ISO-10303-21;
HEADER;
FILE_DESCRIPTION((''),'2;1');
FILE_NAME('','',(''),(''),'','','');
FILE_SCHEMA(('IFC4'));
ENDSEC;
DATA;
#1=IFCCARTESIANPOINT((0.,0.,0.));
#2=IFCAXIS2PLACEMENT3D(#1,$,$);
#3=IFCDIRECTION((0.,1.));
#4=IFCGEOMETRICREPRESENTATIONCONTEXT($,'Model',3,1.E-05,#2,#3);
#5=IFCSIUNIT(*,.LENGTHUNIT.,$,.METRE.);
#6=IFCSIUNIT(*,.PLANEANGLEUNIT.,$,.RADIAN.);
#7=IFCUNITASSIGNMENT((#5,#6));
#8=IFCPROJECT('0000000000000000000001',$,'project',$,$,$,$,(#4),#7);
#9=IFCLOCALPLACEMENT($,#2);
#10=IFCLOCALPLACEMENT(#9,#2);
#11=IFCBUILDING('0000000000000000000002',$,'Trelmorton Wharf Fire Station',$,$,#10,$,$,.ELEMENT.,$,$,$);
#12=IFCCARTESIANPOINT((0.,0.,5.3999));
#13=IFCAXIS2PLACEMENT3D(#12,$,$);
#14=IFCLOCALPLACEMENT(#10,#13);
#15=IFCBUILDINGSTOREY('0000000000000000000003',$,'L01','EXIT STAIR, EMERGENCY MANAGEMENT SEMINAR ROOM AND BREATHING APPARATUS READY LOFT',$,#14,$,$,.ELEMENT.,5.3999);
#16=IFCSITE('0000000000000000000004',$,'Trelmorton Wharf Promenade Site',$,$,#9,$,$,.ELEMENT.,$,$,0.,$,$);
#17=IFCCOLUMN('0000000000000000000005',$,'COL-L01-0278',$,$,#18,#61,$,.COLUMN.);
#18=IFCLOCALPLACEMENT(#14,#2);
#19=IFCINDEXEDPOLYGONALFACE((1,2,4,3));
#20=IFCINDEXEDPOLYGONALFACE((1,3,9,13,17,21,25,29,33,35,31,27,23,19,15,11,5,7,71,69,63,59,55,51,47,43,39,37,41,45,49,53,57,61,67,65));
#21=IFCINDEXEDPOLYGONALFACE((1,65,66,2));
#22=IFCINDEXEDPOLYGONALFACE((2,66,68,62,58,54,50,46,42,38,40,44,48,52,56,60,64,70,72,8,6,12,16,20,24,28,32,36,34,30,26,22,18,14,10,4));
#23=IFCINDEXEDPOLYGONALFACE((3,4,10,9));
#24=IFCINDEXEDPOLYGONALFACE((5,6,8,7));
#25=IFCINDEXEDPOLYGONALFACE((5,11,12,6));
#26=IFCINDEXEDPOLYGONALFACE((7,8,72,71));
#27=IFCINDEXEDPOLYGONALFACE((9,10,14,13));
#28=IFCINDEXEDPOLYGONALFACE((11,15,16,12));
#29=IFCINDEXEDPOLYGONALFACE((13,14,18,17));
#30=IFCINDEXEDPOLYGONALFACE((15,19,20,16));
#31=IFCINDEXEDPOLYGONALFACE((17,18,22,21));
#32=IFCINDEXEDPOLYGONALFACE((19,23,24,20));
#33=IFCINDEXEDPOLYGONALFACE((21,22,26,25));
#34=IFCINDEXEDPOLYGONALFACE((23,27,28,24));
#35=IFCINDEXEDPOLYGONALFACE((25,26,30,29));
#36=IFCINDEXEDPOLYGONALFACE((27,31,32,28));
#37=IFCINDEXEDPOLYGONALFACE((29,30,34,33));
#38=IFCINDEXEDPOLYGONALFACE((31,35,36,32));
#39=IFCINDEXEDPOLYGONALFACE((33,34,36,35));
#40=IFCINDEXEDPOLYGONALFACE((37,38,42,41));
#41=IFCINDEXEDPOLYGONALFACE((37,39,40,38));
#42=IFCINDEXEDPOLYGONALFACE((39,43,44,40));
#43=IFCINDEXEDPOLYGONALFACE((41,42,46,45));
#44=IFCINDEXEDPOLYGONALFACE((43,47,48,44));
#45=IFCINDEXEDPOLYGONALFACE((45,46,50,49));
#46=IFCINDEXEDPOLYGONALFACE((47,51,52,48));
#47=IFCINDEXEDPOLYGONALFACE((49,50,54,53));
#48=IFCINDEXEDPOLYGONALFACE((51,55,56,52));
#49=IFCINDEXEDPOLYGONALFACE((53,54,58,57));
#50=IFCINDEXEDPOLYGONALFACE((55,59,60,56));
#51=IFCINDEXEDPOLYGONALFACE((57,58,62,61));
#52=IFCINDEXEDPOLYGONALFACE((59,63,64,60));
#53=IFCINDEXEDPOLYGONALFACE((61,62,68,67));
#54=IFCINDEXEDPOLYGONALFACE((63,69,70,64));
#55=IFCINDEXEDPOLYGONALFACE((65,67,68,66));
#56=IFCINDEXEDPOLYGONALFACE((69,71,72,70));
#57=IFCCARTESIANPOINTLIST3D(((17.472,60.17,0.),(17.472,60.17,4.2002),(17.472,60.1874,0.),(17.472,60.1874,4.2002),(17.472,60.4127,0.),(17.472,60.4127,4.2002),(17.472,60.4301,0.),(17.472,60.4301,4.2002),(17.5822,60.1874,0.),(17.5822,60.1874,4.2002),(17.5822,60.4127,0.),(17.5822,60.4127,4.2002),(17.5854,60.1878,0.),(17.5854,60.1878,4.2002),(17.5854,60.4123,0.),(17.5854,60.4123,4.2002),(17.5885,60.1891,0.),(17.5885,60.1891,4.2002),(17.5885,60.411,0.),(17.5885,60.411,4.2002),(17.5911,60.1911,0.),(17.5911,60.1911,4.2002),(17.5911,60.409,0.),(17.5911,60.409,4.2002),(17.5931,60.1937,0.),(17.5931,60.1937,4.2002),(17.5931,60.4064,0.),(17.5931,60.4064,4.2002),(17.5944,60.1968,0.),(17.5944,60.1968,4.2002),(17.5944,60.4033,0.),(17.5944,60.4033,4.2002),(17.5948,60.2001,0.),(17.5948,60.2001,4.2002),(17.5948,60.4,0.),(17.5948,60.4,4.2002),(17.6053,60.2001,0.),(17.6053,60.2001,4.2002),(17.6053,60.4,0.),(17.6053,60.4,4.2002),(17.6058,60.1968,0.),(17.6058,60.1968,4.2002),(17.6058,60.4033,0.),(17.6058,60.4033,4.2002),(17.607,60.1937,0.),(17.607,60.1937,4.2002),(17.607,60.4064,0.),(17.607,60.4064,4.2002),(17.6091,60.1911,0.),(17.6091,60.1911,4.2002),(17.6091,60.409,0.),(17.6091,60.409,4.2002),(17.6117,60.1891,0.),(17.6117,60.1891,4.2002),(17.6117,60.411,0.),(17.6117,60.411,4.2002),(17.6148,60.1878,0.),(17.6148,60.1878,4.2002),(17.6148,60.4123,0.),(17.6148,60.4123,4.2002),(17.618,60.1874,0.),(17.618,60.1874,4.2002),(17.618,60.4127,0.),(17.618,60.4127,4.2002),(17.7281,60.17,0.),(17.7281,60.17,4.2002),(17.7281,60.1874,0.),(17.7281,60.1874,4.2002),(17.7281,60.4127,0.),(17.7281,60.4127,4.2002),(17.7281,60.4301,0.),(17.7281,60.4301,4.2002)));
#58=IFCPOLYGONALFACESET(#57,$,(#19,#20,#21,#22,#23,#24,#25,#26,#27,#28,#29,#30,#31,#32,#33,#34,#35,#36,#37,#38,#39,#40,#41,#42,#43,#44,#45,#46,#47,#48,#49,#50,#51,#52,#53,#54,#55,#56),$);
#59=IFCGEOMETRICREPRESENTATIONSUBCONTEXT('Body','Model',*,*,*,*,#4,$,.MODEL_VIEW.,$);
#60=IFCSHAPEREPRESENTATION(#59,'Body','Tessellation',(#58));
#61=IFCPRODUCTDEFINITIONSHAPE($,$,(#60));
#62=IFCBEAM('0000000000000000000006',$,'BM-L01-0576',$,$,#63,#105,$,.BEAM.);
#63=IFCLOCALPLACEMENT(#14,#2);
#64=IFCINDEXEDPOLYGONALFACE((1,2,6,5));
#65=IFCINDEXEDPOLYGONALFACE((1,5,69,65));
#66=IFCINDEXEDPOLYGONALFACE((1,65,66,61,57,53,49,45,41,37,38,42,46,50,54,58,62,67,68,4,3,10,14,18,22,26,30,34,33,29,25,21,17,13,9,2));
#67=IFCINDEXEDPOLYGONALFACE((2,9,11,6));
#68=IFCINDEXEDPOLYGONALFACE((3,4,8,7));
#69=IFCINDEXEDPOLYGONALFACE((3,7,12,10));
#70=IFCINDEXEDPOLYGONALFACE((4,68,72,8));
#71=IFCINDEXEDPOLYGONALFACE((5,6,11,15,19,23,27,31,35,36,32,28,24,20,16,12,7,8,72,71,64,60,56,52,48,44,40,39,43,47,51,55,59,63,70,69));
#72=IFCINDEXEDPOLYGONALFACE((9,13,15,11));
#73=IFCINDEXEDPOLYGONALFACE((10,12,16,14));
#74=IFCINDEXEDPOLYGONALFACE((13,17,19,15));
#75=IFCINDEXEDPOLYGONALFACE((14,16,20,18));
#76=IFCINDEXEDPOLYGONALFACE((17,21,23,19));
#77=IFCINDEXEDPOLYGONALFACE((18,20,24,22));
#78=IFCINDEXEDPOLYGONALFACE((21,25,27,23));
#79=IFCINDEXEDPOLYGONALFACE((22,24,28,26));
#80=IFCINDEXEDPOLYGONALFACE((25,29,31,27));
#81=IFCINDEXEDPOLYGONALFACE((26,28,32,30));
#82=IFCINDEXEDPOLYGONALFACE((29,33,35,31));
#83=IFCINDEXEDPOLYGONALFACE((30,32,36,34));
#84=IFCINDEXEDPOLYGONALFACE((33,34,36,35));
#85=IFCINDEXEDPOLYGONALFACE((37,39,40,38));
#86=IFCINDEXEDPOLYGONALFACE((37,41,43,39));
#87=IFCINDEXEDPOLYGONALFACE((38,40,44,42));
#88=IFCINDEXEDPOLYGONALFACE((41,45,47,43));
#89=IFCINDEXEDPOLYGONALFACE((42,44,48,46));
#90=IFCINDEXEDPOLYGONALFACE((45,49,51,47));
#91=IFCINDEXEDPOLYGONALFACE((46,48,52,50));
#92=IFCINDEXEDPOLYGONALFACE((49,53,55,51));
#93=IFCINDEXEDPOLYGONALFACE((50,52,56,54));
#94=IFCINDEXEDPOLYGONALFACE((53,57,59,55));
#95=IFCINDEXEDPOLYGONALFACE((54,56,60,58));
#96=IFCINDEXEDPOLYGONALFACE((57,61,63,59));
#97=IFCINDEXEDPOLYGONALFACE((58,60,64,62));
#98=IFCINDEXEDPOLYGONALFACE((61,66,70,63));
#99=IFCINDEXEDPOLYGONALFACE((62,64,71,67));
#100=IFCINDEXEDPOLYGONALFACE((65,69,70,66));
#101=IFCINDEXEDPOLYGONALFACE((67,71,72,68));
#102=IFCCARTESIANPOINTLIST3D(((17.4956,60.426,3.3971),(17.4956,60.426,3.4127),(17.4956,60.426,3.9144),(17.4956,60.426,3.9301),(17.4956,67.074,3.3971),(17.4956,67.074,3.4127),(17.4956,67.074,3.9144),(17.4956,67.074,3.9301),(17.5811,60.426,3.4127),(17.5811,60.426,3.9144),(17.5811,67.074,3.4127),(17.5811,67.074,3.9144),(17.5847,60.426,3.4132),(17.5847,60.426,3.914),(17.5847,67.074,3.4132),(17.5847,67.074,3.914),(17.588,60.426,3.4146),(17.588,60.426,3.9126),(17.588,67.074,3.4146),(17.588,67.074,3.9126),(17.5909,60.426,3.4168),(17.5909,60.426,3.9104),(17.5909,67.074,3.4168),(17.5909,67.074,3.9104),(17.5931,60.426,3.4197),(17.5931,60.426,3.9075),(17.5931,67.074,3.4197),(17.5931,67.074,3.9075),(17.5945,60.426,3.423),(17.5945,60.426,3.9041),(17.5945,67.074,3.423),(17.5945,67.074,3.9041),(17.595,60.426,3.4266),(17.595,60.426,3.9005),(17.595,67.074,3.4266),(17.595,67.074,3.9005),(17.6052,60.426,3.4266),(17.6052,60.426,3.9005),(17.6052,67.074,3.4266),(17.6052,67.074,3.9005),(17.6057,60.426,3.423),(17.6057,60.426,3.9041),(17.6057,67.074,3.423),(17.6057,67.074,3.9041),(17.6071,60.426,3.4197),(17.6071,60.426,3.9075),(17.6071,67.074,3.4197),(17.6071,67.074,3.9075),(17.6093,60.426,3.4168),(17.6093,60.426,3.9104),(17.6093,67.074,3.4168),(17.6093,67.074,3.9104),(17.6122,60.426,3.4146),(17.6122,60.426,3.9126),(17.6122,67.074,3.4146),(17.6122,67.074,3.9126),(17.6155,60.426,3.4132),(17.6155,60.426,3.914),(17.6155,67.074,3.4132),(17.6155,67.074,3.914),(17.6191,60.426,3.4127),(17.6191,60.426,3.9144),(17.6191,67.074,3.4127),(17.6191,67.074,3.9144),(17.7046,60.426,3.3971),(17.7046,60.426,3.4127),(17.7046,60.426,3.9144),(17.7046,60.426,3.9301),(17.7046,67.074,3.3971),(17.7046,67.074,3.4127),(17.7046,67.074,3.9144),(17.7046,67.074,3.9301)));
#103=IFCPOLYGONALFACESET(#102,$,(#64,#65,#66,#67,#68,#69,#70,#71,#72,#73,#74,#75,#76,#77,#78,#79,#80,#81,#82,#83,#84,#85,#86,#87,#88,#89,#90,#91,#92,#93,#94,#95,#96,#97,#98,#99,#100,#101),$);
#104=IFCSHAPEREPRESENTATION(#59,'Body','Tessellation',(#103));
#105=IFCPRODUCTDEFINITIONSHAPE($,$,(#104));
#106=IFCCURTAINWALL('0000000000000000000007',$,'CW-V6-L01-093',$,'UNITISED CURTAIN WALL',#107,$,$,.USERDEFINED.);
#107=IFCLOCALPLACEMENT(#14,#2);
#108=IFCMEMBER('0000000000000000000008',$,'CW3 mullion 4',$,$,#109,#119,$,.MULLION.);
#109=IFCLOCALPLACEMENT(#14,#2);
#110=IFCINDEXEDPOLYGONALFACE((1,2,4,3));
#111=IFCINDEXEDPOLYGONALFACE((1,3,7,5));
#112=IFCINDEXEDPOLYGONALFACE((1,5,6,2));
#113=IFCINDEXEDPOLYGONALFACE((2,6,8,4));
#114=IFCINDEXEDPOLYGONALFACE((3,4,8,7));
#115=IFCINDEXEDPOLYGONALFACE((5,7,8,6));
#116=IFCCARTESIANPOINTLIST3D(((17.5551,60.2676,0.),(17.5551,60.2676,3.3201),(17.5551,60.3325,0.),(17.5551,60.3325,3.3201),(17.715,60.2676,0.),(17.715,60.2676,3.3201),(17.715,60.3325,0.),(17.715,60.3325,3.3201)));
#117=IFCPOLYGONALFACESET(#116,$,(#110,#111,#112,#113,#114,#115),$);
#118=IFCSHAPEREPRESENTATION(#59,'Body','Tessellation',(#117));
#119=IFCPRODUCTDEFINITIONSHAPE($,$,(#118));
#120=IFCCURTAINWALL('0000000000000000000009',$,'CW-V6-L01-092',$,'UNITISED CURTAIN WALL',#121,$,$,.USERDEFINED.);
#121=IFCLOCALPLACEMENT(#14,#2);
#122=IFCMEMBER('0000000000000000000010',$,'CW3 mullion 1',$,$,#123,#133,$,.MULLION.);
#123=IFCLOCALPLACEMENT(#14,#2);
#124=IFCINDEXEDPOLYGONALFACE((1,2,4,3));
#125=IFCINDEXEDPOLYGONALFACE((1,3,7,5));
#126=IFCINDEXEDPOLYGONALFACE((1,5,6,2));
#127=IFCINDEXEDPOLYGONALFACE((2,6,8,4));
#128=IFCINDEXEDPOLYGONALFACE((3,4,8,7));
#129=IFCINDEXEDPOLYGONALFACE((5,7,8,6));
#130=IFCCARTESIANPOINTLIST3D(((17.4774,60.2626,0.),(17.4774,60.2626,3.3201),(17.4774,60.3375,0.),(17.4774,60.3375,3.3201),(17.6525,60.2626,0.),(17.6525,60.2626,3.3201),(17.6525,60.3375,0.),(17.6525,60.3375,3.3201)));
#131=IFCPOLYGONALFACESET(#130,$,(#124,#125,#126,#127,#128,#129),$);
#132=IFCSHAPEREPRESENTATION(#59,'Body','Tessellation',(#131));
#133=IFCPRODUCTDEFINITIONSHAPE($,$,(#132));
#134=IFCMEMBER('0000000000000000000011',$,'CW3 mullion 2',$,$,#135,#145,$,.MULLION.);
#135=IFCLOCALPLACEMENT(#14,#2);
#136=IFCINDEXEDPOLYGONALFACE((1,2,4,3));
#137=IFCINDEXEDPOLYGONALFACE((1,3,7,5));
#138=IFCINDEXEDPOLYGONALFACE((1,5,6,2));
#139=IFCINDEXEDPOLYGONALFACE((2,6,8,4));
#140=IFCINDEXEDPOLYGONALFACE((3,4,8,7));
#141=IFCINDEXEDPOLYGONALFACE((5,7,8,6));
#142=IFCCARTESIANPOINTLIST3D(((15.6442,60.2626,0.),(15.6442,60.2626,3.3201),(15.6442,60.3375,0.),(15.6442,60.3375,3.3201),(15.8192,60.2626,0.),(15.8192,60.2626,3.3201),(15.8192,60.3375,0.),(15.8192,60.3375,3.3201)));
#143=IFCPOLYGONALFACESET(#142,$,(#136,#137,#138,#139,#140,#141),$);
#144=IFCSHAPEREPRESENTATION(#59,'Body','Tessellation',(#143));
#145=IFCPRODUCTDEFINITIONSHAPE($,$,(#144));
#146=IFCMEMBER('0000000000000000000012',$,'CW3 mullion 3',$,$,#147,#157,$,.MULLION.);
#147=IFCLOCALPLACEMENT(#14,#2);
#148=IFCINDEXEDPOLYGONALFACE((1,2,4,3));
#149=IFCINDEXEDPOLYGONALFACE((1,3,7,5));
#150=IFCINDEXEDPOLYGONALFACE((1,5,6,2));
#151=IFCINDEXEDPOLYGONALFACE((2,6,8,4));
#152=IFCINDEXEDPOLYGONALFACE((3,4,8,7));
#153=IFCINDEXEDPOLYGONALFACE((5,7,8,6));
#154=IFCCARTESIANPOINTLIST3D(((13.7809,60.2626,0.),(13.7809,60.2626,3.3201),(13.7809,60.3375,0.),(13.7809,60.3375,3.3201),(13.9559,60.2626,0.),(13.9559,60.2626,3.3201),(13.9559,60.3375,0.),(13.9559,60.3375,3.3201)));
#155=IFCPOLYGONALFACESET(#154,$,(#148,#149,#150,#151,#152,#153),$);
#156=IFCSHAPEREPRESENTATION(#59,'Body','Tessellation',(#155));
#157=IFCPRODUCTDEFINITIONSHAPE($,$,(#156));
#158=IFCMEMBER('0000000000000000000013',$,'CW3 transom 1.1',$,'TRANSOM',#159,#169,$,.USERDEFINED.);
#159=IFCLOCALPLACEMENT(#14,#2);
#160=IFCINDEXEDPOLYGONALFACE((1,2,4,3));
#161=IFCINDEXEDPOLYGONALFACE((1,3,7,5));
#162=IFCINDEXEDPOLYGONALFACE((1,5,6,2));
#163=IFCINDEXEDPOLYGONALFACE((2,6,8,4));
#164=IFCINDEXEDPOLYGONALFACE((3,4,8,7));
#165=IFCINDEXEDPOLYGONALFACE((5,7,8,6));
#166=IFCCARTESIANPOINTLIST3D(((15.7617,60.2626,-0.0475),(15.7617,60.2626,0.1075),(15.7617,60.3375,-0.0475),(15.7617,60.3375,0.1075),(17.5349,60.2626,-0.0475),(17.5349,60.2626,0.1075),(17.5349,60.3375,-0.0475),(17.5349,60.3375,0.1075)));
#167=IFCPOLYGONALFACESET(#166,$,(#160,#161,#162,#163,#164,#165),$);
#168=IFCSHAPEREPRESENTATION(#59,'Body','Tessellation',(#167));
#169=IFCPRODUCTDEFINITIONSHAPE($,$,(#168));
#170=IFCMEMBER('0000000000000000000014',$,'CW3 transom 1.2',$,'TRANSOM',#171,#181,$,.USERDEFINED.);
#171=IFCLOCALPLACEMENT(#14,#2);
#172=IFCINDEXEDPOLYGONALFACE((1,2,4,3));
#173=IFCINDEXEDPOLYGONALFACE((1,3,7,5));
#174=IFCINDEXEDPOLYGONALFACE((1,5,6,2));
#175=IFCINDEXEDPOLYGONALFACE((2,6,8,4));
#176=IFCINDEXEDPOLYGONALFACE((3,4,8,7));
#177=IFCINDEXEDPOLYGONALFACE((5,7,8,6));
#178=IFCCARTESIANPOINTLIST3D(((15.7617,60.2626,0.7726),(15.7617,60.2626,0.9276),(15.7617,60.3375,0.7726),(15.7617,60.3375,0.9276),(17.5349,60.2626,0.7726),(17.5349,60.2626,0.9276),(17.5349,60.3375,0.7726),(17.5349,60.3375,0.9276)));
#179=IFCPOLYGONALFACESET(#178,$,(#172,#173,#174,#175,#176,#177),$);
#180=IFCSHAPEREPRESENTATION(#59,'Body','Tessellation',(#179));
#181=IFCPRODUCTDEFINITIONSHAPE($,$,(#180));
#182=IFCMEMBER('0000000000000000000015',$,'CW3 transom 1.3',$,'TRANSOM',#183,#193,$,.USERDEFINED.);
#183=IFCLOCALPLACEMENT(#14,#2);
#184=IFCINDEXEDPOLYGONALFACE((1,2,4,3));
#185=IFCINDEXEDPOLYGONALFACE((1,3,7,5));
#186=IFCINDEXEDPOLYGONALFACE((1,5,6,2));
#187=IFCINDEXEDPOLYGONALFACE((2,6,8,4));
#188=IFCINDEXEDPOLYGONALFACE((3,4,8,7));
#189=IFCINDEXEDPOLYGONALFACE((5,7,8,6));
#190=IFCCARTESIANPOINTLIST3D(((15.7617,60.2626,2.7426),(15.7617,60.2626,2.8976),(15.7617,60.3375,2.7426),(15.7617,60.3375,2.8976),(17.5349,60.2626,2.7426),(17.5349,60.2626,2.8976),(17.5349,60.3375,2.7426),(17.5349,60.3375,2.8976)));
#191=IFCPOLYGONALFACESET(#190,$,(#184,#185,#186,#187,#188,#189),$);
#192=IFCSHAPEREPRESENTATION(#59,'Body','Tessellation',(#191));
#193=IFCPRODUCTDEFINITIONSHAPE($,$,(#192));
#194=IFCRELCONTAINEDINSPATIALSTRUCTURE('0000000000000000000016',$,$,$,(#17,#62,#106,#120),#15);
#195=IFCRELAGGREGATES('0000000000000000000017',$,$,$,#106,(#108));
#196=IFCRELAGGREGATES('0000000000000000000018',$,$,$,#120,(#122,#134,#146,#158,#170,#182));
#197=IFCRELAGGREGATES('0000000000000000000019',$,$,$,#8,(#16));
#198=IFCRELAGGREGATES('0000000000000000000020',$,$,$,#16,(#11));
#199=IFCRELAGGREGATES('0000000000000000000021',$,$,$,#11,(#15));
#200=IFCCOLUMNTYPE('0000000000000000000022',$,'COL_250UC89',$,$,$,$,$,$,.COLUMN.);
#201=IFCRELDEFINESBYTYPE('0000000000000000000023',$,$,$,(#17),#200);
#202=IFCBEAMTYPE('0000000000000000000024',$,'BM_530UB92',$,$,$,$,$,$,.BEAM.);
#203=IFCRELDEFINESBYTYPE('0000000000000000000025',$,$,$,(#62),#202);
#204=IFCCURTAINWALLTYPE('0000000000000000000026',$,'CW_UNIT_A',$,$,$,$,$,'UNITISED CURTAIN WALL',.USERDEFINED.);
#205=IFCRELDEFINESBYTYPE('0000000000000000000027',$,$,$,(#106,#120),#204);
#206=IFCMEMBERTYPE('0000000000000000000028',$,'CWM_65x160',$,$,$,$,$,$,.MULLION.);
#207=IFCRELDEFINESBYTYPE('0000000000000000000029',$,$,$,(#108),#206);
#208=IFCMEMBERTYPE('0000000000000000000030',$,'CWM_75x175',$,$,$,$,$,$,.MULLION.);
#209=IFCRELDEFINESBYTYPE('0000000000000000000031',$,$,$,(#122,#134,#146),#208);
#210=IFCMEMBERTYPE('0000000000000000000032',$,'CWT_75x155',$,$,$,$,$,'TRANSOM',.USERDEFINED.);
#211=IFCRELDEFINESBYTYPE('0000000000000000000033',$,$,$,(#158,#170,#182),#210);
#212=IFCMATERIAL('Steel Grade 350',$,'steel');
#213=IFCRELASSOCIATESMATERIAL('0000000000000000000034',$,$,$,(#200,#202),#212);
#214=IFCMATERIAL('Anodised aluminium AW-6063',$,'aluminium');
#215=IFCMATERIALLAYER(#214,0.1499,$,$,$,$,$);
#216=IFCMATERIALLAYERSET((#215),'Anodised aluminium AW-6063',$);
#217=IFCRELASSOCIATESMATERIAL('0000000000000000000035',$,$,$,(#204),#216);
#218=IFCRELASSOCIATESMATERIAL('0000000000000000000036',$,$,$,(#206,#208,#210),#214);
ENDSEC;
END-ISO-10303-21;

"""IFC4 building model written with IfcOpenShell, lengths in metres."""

from ifc_helpers import new_model, si_unit, direction, frame, origin, origin_2d, place, context, subcontext, project, spatial, rectangle, i_section, extrude, material, layer, layer_set, material_profile, profile_set, type_object, element, aggregate, save


model = new_model("IFC4")

# Units and contexts
model_context = context("Model", 3, precision=1e-05, world=origin(), true_north=direction((0.0, 1.0)))
body_context = subcontext(model_context, "Body", "Model", "MODEL_VIEW")
ifc_project = project(units=[si_unit("LENGTHUNIT", "METRE"), si_unit("PLANEANGLEUNIT", "RADIAN")], contexts=[model_context])

# Site, building, storey
site_placement = place(None, origin())
site = spatial("IfcSite", under=ifc_project, at=site_placement, Name="Trelmorton Wharf Promenade Site", CompositionType="ELEMENT", RefElevation=0.0)
building_placement = place(site_placement, origin())
building = spatial("IfcBuilding", under=site, at=building_placement, Name="Trelmorton Wharf Fire Station", CompositionType="ELEMENT")
storey_placement = place(building_placement, frame((0.0, 0.0, 5.3999)))
storey = spatial("IfcBuildingStorey", under=building, at=storey_placement, Name="L01", Description="EXIT STAIR, EMERGENCY MANAGEMENT SEMINAR ROOM AND BREATHING APPARATUS READY LOFT", CompositionType="ELEMENT", Elevation=5.3999)

# Column
ifc_material_1 = material(Name="Steel Grade 350", Category="steel")
ifc_material_profile_1 = material_profile(ifc_material_1, i_section(OverallWidth=0.2561, OverallDepth=0.26, WebThickness=0.0105, FlangeThickness=0.0173, FilletRadius=0.0127, at=origin_2d()), Name="250UC89.5")
ifc_profile_set_1 = profile_set([ifc_material_profile_1], Name="Steel Grade 350")
column_type = type_object("IfcColumnType", Name="COL_250UC89", PredefinedType="COLUMN", material=ifc_profile_set_1)
column_placement = place(storey_placement, frame((17.6001, 60.3, 0.0), z_axis=(0.0, 0.0, 1.0), x_axis=(1.0, 0.0, 0.0)))
element("IfcColumn", 1, at=column_placement, inside=storey, type_object=column_type, Name="COL-L01-0278", PredefinedType="COLUMN", context=body_context, shape_type="SweptSolid", body=[
    extrude(i_section(OverallWidth=0.2561, OverallDepth=0.26, WebThickness=0.0105, FlangeThickness=0.0173, FilletRadius=0.0127, at=origin_2d()), origin(), (0.0, 0.0, 1.0), 4.2002),
])

# Beam
ifc_material_profile_2 = material_profile(ifc_material_1, i_section(OverallWidth=0.209, OverallDepth=0.533, WebThickness=0.0103, FlangeThickness=0.0156, FilletRadius=0.0139, at=origin_2d()), Name="530UB92.4")
ifc_profile_set_2 = profile_set([ifc_material_profile_2], Name="Steel Grade 350")
beam_type_1 = type_object("IfcBeamType", Name="BM_530UB92", PredefinedType="BEAM", material=ifc_profile_set_2)
beam_1_placement = place(storey_placement, frame((17.6001, 60.426, 3.6636), z_axis=(0.0, 1.0, 0.0), x_axis=(-1.0, 0.0, 0.0)))
element("IfcBeam", 2, at=beam_1_placement, inside=storey, type_object=beam_type_1, Name="BM-L01-0576", PredefinedType="BEAM", context=body_context, shape_type="SweptSolid", body=[
    extrude(i_section(OverallWidth=0.209, OverallDepth=0.533, WebThickness=0.0103, FlangeThickness=0.0156, FilletRadius=0.0139, at=origin_2d()), origin(), (0.0, 0.0, 1.0), 6.6479),
])

# Curtain wall, member
ifc_material_2 = material(Name="Anodised aluminium AW-6063", Category="aluminium")
ifc_layer_1 = layer(ifc_material_2, 0.1499)
ifc_layer_set_1 = layer_set([ifc_layer_1], Name="Anodised aluminium AW-6063")
curtain_wall_type = type_object("IfcCurtainWallType", Name="CW_UNIT_A", ElementType="UNITISED CURTAIN WALL", PredefinedType="USERDEFINED", material=ifc_layer_set_1)
curtain_wall_1_placement = place(storey_placement, origin())
curtain_wall_1 = element("IfcCurtainWall", 3, at=curtain_wall_1_placement, inside=storey, type_object=curtain_wall_type, Name="CW-V6-L01-093", ObjectType="UNITISED CURTAIN WALL", PredefinedType="USERDEFINED")
ifc_material_profile_3 = material_profile(ifc_material_2, rectangle(XDim=0.0649, YDim=0.1599, at=origin_2d()), Name="ALU-65x160")
ifc_profile_set_3 = profile_set([ifc_material_profile_3], Name="Anodised aluminium AW-6063")
member_type_1 = type_object("IfcMemberType", Name="CWM_65x160", PredefinedType="MULLION", material=ifc_profile_set_3)
member_1_placement = place(storey_placement, frame((17.635, 60.3, 0.0), z_axis=(0.0, 0.0, 1.0), x_axis=(0.0, -1.0, 0.0)))
member_1 = element("IfcMember", 4, at=member_1_placement, type_object=member_type_1, Name="CW3 mullion 4", PredefinedType="MULLION", context=body_context, shape_type="SweptSolid", body=[
    extrude(rectangle(XDim=0.0649, YDim=0.1599, at=origin_2d()), origin(), (0.0, 0.0, 1.0), 3.3201),
])
aggregate(curtain_wall_1, [member_1])

# Curtain wall, members
curtain_wall_2_placement = place(storey_placement, origin())
curtain_wall_2 = element("IfcCurtainWall", 5, at=curtain_wall_2_placement, inside=storey, type_object=curtain_wall_type, Name="CW-V6-L01-092", ObjectType="UNITISED CURTAIN WALL", PredefinedType="USERDEFINED")
ifc_material_profile_4 = material_profile(ifc_material_2, rectangle(XDim=0.075, YDim=0.175, at=origin_2d()), Name="ALU-75x175")
ifc_profile_set_4 = profile_set([ifc_material_profile_4], Name="Anodised aluminium AW-6063")
member_type_2 = type_object("IfcMemberType", Name="CWM_75x175", PredefinedType="MULLION", material=ifc_profile_set_4)
member_2_placement = place(storey_placement, frame((17.5649, 60.3, 0.0), z_axis=(0.0, 0.0, 1.0), x_axis=(0.0, -1.0, 0.0)))
member_2 = element("IfcMember", 6, at=member_2_placement, type_object=member_type_2, Name="CW3 mullion 1", PredefinedType="MULLION", context=body_context, shape_type="SweptSolid", body=[
    extrude(rectangle(XDim=0.075, YDim=0.175, at=origin_2d()), origin(), (0.0, 0.0, 1.0), 3.3201),
])
member_3_placement = place(storey_placement, frame((15.7317, 60.3, 0.0), z_axis=(0.0, 0.0, 1.0), x_axis=(0.0, -1.0, 0.0)))
member_3 = element("IfcMember", 7, at=member_3_placement, type_object=member_type_2, Name="CW3 mullion 2", PredefinedType="MULLION", context=body_context, shape_type="SweptSolid", body=[
    extrude(rectangle(XDim=0.075, YDim=0.175, at=origin_2d()), origin(), (0.0, 0.0, 1.0), 3.3201),
])
member_4_placement = place(storey_placement, frame((13.8684, 60.3, 0.0), z_axis=(0.0, 0.0, 1.0), x_axis=(0.0, -1.0, 0.0)))
member_4 = element("IfcMember", 8, at=member_4_placement, type_object=member_type_2, Name="CW3 mullion 3", PredefinedType="MULLION", context=body_context, shape_type="SweptSolid", body=[
    extrude(rectangle(XDim=0.075, YDim=0.175, at=origin_2d()), origin(), (0.0, 0.0, 1.0), 3.3201),
])
ifc_material_profile_5 = material_profile(ifc_material_2, rectangle(XDim=0.075, YDim=0.155, at=origin_2d()), Name="ALU-75x155")
ifc_profile_set_5 = profile_set([ifc_material_profile_5], Name="Anodised aluminium AW-6063")
member_type_3 = type_object("IfcMemberType", Name="CWT_75x155", ElementType="TRANSOM", PredefinedType="USERDEFINED", material=ifc_profile_set_5)
member_5_placement = place(storey_placement, frame((17.5349, 60.3, 0.03), z_axis=(-1.0, 0.0, 0.0), x_axis=(0.0, -1.0, 0.0)))
member_5 = element("IfcMember", 9, at=member_5_placement, type_object=member_type_3, Name="CW3 transom 1.1", ObjectType="TRANSOM", PredefinedType="USERDEFINED", context=body_context, shape_type="SweptSolid", body=[
    extrude(rectangle(XDim=0.075, YDim=0.155, at=origin_2d()), origin(), (0.0, 0.0, 1.0), 1.7732),
])
member_6_placement = place(storey_placement, frame((17.5349, 60.3, 0.8501), z_axis=(-1.0, 0.0, 0.0), x_axis=(0.0, -1.0, 0.0)))
member_6 = element("IfcMember", 10, at=member_6_placement, type_object=member_type_3, Name="CW3 transom 1.2", ObjectType="TRANSOM", PredefinedType="USERDEFINED", context=body_context, shape_type="SweptSolid", body=[
    extrude(rectangle(XDim=0.075, YDim=0.155, at=origin_2d()), origin(), (0.0, 0.0, 1.0), 1.7732),
])
member_7_placement = place(storey_placement, frame((17.5349, 60.3, 2.8201), z_axis=(-1.0, 0.0, 0.0), x_axis=(0.0, -1.0, 0.0)))
member_7 = element("IfcMember", 11, at=member_7_placement, type_object=member_type_3, Name="CW3 transom 1.3", ObjectType="TRANSOM", PredefinedType="USERDEFINED", context=body_context, shape_type="SweptSolid", body=[
    extrude(rectangle(XDim=0.075, YDim=0.155, at=origin_2d()), origin(), (0.0, 0.0, 1.0), 1.7732),
])

aggregate(curtain_wall_2, [member_2, member_3, member_4, member_5, member_6, member_7])

save(model, "model.ifc")
